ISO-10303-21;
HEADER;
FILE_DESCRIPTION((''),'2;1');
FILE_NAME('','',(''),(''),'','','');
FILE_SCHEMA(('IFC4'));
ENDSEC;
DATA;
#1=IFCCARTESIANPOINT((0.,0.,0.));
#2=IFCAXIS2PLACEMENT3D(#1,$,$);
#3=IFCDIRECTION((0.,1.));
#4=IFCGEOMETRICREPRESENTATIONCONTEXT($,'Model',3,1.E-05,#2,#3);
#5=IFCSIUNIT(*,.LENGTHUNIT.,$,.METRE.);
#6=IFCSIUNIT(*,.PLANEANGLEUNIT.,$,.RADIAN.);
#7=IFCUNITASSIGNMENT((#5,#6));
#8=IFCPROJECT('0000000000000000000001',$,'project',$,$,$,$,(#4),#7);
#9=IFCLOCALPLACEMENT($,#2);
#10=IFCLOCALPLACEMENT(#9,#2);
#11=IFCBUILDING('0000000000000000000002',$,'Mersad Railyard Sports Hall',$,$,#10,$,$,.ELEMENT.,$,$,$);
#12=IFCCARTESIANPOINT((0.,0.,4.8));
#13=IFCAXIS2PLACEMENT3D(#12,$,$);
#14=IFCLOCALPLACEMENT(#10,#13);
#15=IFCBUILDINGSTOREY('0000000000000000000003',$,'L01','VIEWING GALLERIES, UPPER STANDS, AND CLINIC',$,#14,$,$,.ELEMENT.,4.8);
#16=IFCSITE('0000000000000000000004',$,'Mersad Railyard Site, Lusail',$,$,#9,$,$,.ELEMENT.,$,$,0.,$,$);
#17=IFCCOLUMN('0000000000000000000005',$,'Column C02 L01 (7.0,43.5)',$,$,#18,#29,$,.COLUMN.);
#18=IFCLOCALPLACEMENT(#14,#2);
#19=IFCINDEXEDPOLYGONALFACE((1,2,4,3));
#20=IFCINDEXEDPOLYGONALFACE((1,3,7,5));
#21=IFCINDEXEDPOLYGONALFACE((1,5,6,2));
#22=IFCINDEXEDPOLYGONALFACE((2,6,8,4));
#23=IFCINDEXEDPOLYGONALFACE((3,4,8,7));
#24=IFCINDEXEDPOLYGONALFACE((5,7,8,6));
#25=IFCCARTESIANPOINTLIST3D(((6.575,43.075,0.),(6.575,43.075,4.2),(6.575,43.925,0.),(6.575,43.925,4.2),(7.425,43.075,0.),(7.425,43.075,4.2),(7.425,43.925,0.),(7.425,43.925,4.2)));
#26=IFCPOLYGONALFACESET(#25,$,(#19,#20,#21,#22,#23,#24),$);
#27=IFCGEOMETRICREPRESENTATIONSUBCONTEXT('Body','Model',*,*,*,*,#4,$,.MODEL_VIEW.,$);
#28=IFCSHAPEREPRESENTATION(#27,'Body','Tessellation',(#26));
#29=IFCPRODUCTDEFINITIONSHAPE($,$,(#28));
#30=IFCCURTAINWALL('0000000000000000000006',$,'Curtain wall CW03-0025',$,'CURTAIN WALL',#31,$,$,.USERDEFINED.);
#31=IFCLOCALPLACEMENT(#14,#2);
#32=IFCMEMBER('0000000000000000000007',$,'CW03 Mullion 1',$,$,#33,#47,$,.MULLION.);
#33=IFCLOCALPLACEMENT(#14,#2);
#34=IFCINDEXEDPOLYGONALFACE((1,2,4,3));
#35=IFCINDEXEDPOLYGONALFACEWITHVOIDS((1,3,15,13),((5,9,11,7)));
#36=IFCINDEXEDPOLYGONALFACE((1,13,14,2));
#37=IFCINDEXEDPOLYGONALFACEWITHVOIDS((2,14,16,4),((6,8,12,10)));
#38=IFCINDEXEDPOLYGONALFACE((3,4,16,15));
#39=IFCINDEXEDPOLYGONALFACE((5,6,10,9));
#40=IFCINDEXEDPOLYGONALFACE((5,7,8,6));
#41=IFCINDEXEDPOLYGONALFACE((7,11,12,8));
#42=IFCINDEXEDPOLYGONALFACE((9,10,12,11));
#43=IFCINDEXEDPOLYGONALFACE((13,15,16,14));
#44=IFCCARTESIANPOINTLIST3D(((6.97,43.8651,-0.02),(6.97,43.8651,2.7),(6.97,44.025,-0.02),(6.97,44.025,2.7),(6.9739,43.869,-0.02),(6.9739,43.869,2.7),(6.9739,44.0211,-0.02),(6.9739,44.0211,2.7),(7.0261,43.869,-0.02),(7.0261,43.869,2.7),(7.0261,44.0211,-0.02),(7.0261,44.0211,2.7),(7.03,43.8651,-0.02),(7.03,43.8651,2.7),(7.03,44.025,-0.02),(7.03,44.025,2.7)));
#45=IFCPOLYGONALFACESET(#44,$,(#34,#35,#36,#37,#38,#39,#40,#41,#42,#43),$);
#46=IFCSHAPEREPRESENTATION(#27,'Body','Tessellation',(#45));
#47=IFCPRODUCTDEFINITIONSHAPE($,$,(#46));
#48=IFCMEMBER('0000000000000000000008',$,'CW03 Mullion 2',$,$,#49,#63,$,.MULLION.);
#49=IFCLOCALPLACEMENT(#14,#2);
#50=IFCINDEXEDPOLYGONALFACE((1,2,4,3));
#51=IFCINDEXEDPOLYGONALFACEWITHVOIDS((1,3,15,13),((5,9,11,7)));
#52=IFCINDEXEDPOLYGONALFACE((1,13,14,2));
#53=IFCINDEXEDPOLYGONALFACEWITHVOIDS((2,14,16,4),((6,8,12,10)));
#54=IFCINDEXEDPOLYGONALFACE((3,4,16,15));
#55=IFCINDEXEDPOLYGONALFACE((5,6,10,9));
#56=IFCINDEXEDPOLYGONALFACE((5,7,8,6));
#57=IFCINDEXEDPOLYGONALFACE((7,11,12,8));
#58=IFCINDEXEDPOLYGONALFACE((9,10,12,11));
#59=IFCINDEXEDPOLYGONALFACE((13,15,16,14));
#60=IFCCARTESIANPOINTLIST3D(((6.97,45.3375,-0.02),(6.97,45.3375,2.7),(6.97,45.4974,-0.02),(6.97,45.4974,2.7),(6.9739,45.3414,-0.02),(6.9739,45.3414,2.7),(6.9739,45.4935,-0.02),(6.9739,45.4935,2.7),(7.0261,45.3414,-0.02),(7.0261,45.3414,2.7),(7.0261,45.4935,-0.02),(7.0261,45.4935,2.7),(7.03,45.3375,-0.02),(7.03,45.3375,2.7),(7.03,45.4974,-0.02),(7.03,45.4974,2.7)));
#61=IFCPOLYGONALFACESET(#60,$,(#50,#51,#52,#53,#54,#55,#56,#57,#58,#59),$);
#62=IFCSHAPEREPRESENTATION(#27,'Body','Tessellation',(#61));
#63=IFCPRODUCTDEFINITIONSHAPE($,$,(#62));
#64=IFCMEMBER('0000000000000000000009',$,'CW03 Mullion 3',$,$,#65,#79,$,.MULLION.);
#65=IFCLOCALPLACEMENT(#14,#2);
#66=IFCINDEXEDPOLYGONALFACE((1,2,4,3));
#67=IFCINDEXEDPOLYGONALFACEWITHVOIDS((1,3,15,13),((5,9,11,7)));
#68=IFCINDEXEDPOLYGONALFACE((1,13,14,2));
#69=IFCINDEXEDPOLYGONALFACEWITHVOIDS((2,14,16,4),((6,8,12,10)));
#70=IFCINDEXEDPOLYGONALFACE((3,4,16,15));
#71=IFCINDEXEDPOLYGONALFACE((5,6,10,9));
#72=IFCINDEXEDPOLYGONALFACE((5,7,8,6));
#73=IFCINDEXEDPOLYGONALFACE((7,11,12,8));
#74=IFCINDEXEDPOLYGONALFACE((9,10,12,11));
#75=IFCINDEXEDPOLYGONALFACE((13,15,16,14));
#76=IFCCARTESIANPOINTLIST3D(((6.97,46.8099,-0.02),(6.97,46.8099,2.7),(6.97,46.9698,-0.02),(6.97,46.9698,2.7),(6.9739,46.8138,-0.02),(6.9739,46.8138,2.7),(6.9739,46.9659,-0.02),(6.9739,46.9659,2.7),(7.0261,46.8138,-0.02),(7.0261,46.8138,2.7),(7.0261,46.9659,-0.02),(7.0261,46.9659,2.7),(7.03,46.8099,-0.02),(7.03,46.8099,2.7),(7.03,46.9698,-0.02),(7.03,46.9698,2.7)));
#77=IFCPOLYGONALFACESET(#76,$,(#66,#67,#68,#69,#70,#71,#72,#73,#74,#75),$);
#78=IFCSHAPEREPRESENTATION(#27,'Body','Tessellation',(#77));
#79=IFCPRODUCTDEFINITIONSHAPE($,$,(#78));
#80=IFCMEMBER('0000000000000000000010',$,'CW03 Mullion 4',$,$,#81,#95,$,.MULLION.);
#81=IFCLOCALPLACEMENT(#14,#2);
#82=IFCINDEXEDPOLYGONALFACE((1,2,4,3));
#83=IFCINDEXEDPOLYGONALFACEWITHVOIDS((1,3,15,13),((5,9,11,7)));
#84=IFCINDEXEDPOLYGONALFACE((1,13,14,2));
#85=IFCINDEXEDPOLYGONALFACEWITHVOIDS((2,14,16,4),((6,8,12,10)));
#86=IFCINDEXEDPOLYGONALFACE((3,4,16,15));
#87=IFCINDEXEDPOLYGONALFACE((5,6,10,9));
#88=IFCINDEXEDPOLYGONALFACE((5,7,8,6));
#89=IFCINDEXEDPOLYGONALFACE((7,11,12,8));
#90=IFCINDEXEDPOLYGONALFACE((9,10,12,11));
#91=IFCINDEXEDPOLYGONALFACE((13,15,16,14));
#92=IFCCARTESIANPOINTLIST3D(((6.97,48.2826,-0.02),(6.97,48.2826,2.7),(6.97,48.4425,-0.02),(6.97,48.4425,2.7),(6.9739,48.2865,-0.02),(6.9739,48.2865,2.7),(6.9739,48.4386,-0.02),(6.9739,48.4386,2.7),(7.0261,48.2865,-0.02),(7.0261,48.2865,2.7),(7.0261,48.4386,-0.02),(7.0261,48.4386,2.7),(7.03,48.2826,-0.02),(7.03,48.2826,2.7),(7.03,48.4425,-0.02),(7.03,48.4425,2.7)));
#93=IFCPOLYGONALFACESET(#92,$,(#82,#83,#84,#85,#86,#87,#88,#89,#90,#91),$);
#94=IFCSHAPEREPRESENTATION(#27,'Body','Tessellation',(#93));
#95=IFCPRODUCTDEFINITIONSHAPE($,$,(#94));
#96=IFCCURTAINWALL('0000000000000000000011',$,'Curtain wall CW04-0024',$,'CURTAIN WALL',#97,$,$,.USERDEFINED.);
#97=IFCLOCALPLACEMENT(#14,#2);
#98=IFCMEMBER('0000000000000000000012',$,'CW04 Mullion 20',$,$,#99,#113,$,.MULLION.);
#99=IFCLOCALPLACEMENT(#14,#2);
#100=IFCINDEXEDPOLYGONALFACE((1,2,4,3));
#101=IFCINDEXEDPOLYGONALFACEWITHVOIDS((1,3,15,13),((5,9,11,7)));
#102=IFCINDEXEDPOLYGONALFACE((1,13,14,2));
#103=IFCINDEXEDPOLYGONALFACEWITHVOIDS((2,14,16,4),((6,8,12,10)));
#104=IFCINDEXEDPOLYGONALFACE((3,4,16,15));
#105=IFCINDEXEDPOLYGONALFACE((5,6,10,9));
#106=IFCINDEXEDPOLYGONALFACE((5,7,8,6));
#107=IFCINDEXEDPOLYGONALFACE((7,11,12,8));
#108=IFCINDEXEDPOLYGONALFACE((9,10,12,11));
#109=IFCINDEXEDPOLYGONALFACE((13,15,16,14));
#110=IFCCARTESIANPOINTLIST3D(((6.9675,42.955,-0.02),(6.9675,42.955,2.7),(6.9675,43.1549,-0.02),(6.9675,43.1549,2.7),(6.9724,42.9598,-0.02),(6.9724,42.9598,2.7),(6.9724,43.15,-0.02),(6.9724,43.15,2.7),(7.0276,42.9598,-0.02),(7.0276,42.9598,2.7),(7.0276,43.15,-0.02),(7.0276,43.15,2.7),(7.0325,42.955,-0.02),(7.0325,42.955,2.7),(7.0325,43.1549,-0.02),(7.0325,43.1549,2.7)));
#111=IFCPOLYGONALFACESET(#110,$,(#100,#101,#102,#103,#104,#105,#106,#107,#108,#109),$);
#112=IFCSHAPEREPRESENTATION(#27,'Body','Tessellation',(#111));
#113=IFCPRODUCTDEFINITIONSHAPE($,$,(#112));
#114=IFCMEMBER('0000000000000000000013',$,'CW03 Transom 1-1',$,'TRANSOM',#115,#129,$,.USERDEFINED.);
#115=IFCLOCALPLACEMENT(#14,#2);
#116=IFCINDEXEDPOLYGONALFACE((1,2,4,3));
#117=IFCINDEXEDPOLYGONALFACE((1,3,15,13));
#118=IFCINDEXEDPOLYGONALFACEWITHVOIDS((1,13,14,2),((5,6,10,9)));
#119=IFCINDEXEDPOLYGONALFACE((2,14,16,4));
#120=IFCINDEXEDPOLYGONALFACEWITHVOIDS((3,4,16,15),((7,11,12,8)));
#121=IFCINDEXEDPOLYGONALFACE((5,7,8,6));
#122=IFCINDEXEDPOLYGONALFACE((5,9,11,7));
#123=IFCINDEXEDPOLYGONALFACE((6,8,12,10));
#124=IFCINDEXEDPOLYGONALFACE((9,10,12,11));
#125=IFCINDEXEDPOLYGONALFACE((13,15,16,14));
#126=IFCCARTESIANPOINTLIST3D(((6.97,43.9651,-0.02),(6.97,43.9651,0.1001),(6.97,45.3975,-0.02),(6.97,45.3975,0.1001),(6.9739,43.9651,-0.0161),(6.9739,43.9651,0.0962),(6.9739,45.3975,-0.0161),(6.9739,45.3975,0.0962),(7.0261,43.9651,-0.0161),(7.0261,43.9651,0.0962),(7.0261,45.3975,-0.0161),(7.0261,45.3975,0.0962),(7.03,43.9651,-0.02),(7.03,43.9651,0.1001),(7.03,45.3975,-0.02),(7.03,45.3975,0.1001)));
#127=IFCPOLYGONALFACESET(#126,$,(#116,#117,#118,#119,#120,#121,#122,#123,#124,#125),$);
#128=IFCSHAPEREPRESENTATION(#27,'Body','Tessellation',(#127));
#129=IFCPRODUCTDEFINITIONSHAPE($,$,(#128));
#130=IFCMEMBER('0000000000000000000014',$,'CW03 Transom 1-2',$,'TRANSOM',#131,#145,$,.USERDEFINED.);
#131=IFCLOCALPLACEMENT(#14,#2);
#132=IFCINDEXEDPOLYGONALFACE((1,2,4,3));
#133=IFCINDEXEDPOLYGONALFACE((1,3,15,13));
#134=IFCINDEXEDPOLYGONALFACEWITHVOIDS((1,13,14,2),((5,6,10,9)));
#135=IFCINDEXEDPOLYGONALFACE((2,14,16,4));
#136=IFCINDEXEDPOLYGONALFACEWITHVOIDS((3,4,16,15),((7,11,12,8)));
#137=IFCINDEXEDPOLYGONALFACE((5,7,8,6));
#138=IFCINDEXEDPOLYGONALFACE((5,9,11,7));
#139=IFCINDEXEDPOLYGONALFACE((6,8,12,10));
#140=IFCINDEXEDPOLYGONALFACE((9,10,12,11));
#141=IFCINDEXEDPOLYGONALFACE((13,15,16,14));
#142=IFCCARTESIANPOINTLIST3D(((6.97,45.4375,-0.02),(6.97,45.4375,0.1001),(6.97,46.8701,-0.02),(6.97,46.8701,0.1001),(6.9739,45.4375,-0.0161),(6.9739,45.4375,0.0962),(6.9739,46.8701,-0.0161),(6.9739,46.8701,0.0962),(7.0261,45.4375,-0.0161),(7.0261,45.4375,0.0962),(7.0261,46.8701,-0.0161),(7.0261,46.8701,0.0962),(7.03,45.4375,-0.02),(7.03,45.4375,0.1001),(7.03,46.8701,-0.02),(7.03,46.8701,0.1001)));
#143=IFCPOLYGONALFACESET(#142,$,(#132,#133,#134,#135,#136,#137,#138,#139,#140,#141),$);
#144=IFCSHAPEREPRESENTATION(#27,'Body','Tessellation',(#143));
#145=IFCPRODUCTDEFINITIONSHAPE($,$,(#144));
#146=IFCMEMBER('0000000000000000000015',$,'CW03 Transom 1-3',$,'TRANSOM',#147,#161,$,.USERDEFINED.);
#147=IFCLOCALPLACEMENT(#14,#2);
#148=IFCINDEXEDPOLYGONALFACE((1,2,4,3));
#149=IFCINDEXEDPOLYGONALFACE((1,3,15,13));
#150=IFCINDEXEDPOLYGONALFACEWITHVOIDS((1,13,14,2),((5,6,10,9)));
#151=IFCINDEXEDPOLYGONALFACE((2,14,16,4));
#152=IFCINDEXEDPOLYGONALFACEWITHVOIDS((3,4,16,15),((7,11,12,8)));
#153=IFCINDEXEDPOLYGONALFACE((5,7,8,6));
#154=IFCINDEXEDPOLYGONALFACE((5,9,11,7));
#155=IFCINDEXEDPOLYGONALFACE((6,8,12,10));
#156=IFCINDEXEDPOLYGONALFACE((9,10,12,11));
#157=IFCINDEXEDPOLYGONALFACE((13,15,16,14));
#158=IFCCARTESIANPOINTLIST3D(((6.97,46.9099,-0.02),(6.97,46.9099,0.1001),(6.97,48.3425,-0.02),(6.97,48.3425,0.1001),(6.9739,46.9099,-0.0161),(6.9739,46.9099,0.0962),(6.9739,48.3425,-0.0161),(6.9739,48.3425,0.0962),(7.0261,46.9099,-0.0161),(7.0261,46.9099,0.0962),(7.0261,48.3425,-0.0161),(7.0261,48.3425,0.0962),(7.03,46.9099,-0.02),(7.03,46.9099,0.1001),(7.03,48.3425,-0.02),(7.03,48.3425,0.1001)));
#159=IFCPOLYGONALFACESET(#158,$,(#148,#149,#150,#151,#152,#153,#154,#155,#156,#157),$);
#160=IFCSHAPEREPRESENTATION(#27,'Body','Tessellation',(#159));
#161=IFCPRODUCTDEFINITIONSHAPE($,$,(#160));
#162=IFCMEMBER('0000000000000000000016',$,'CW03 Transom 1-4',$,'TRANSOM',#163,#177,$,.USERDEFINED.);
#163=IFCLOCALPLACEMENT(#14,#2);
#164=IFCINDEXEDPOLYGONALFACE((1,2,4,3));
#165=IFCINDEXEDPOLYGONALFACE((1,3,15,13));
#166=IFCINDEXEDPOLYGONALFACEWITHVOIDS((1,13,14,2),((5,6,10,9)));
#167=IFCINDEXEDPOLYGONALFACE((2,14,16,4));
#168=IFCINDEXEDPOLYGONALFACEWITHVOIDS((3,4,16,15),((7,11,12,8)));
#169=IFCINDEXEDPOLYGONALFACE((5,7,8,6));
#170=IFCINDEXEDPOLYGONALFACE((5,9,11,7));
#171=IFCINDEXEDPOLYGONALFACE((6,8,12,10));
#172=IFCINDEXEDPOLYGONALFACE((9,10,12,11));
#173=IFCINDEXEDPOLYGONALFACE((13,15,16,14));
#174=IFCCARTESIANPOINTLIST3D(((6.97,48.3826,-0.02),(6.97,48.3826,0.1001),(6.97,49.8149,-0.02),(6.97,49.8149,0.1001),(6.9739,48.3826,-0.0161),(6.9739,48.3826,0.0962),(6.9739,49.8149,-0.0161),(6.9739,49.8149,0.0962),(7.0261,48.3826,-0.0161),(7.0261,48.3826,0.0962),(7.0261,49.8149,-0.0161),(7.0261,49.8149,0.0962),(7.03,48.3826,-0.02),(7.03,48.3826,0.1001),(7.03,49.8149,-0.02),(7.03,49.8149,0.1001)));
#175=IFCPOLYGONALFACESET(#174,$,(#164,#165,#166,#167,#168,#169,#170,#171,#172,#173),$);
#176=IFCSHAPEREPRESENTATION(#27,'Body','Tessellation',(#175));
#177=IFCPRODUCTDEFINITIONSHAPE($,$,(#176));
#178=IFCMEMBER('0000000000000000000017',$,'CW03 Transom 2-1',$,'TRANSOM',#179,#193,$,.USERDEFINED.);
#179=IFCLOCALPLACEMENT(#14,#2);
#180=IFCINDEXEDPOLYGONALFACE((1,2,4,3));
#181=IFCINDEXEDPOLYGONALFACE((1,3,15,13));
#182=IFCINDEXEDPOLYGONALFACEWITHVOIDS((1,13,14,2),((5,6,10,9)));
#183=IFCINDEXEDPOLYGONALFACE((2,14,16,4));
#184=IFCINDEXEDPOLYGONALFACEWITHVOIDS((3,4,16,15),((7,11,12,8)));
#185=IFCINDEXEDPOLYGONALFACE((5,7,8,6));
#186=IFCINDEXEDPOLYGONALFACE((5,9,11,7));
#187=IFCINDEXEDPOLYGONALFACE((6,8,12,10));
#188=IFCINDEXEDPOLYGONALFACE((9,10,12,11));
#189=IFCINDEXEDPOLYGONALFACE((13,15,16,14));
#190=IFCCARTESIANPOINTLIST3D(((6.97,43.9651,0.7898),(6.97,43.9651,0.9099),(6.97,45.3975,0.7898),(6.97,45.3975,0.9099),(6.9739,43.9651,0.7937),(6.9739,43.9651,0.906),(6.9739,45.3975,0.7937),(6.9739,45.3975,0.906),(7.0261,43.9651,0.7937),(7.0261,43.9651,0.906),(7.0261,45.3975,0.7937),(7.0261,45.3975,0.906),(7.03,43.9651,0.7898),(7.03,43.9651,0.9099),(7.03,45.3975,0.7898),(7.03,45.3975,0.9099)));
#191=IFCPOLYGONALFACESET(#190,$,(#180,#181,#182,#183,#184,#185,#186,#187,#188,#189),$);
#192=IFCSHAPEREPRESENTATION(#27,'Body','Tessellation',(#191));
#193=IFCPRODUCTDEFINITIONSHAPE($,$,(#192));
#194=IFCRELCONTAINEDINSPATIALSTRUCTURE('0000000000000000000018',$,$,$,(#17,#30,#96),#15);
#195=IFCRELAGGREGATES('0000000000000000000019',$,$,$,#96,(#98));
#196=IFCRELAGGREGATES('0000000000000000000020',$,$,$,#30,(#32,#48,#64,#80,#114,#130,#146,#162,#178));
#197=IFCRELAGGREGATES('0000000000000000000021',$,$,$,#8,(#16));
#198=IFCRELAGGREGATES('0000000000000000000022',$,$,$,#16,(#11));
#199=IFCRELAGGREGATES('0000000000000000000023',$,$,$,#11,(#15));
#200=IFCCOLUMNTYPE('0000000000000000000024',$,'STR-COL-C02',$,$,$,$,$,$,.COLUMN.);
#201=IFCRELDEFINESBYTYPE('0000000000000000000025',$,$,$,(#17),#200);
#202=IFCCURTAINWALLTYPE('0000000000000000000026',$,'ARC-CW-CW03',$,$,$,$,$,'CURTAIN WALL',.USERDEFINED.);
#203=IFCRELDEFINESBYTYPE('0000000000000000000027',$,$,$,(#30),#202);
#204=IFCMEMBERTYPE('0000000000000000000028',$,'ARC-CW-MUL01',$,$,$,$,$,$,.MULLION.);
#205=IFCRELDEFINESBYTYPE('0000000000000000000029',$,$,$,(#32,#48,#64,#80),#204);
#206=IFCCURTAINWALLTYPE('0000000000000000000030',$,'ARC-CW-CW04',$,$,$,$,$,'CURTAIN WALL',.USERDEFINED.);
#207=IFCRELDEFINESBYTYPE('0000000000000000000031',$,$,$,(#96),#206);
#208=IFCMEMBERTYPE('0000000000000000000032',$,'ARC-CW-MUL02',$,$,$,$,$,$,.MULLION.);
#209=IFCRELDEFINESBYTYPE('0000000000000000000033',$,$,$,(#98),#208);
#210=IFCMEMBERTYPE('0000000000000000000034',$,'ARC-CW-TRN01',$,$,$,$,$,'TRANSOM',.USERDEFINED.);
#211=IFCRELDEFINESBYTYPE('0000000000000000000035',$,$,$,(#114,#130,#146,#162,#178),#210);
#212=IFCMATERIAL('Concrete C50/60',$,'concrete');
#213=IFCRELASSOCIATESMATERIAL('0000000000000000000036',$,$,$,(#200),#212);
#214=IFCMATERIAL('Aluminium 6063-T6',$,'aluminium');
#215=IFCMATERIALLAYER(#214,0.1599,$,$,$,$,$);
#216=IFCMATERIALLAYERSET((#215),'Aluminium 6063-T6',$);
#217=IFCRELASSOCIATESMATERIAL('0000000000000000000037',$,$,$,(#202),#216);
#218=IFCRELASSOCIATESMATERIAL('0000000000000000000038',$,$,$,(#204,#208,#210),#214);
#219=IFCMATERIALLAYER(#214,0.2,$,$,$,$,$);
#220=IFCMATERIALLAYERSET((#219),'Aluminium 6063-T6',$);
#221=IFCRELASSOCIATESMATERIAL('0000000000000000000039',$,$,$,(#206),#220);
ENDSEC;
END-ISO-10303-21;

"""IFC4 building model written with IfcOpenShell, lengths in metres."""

from ifc_helpers import new_model, si_unit, direction, frame, origin, origin_2d, place, context, subcontext, project, spatial, rectangle, hollow_rectangle, extrude, material, layer, layer_set, material_profile, profile_set, type_object, element, aggregate, save


model = new_model("IFC4")

# Units and contexts
model_context = context("Model", 3, precision=1e-05, world=origin(), true_north=direction((0.0, 1.0)))
body_context = subcontext(model_context, "Body", "Model", "MODEL_VIEW")
ifc_project = project(units=[si_unit("LENGTHUNIT", "METRE"), si_unit("PLANEANGLEUNIT", "RADIAN")], contexts=[model_context])

# Site, building, storey
site_placement = place(None, origin())
site = spatial("IfcSite", under=ifc_project, at=site_placement, Name="Mersad Railyard Site, Lusail", CompositionType="ELEMENT", RefElevation=0.0)
building_placement = place(site_placement, origin())
building = spatial("IfcBuilding", under=site, at=building_placement, Name="Mersad Railyard Sports Hall", CompositionType="ELEMENT")
storey_placement = place(building_placement, frame((0.0, 0.0, 4.8)))
storey = spatial("IfcBuildingStorey", under=building, at=storey_placement, Name="L01", Description="VIEWING GALLERIES, UPPER STANDS, AND CLINIC", CompositionType="ELEMENT", Elevation=4.8)

# Column
ifc_material_1 = material(Name="Concrete C50/60", Category="concrete")
ifc_material_profile_1 = material_profile(ifc_material_1, rectangle(XDim=0.8501, YDim=0.8501, at=origin_2d()), Name="RC 850x850")
ifc_profile_set_1 = profile_set([ifc_material_profile_1], Name="Concrete C50/60")
column_type = type_object("IfcColumnType", Name="STR-COL-C02", PredefinedType="COLUMN", material=ifc_profile_set_1)
column_placement = place(storey_placement, frame((7.0, 43.5, 0.0), z_axis=(0.0, 0.0, 1.0), x_axis=(1.0, 0.0, 0.0)))
element("IfcColumn", 1, at=column_placement, inside=storey, type_object=column_type, Name="Column C02 L01 (7.0,43.5)", PredefinedType="COLUMN", context=body_context, shape_type="SweptSolid", body=[
    extrude(rectangle(XDim=0.8501, YDim=0.8501, at=origin_2d()), origin(), (0.0, 0.0, 1.0), 4.2),
])

# Curtain wall, members
ifc_material_2 = material(Name="Aluminium 6063-T6", Category="aluminium")
ifc_layer_1 = layer(ifc_material_2, 0.1599)
ifc_layer_set_1 = layer_set([ifc_layer_1], Name="Aluminium 6063-T6")
curtain_wall_type_1 = type_object("IfcCurtainWallType", Name="ARC-CW-CW03", ElementType="CURTAIN WALL", PredefinedType="USERDEFINED", material=ifc_layer_set_1)
curtain_wall_1_placement = place(storey_placement, origin())
curtain_wall_1 = element("IfcCurtainWall", 2, at=curtain_wall_1_placement, inside=storey, type_object=curtain_wall_type_1, Name="Curtain wall CW03-0025", ObjectType="CURTAIN WALL", PredefinedType="USERDEFINED")
ifc_material_profile_2 = material_profile(ifc_material_2, hollow_rectangle(XDim=0.0601, YDim=0.1599, WallThickness=0.0039, at=origin_2d()), Name="AL MULLION 60x160x4")
ifc_profile_set_2 = profile_set([ifc_material_profile_2], Name="Aluminium 6063-T6")
member_type_1 = type_object("IfcMemberType", Name="ARC-CW-MUL01", PredefinedType="MULLION", material=ifc_profile_set_2)
member_1_placement = place(storey_placement, frame((7.0, 43.9451, -0.02), z_axis=(0.0, 0.0, 1.0), x_axis=(1.0, 0.0, 0.0)))
member_1 = element("IfcMember", 3, at=member_1_placement, type_object=member_type_1, Name="CW03 Mullion 1", PredefinedType="MULLION", context=body_context, shape_type="SweptSolid", body=[
    extrude(hollow_rectangle(XDim=0.0601, YDim=0.1599, WallThickness=0.0039, at=origin_2d()), origin(), (0.0, 0.0, 1.0), 2.72),
])
member_2_placement = place(storey_placement, frame((7.0, 45.4175, -0.02), z_axis=(0.0, 0.0, 1.0), x_axis=(1.0, 0.0, 0.0)))
member_2 = element("IfcMember", 4, at=member_2_placement, type_object=member_type_1, Name="CW03 Mullion 2", PredefinedType="MULLION", context=body_context, shape_type="SweptSolid", body=[
    extrude(hollow_rectangle(XDim=0.0601, YDim=0.1599, WallThickness=0.0039, at=origin_2d()), origin(), (0.0, 0.0, 1.0), 2.72),
])
member_3_placement = place(storey_placement, frame((7.0, 46.8899, -0.02), z_axis=(0.0, 0.0, 1.0), x_axis=(1.0, 0.0, 0.0)))
member_3 = element("IfcMember", 5, at=member_3_placement, type_object=member_type_1, Name="CW03 Mullion 3", PredefinedType="MULLION", context=body_context, shape_type="SweptSolid", body=[
    extrude(hollow_rectangle(XDim=0.0601, YDim=0.1599, WallThickness=0.0039, at=origin_2d()), origin(), (0.0, 0.0, 1.0), 2.72),
])
member_4_placement = place(storey_placement, frame((7.0, 48.3625, -0.02), z_axis=(0.0, 0.0, 1.0), x_axis=(1.0, 0.0, 0.0)))
member_4 = element("IfcMember", 6, at=member_4_placement, type_object=member_type_1, Name="CW03 Mullion 4", PredefinedType="MULLION", context=body_context, shape_type="SweptSolid", body=[
    extrude(hollow_rectangle(XDim=0.0601, YDim=0.1599, WallThickness=0.0039, at=origin_2d()), origin(), (0.0, 0.0, 1.0), 2.72),
])

# Curtain wall, member
ifc_layer_2 = layer(ifc_material_2, 0.2)
ifc_layer_set_2 = layer_set([ifc_layer_2], Name="Aluminium 6063-T6")
curtain_wall_type_2 = type_object("IfcCurtainWallType", Name="ARC-CW-CW04", ElementType="CURTAIN WALL", PredefinedType="USERDEFINED", material=ifc_layer_set_2)
curtain_wall_2_placement = place(storey_placement, origin())
curtain_wall_2 = element("IfcCurtainWall", 7, at=curtain_wall_2_placement, inside=storey, type_object=curtain_wall_type_2, Name="Curtain wall CW04-0024", ObjectType="CURTAIN WALL", PredefinedType="USERDEFINED")
ifc_material_profile_3 = material_profile(ifc_material_2, hollow_rectangle(XDim=0.0649, YDim=0.2, WallThickness=0.0049, at=origin_2d()), Name="AL MULLION 65x200x5")
ifc_profile_set_3 = profile_set([ifc_material_profile_3], Name="Aluminium 6063-T6")
member_type_2 = type_object("IfcMemberType", Name="ARC-CW-MUL02", PredefinedType="MULLION", material=ifc_profile_set_3)
member_5_placement = place(storey_placement, frame((7.0, 43.0549, -0.02), z_axis=(0.0, 0.0, 1.0), x_axis=(1.0, 0.0, 0.0)))
member_5 = element("IfcMember", 8, at=member_5_placement, type_object=member_type_2, Name="CW04 Mullion 20", PredefinedType="MULLION", context=body_context, shape_type="SweptSolid", body=[
    extrude(hollow_rectangle(XDim=0.0649, YDim=0.2, WallThickness=0.0049, at=origin_2d()), origin(), (0.0, 0.0, 1.0), 2.72),
])

# Members
ifc_material_profile_4 = material_profile(ifc_material_2, hollow_rectangle(XDim=0.0601, YDim=0.1201, WallThickness=0.0039, at=origin_2d()), Name="AL TRANSOM 60x120x4")
ifc_profile_set_4 = profile_set([ifc_material_profile_4], Name="Aluminium 6063-T6")
member_type_3 = type_object("IfcMemberType", Name="ARC-CW-TRN01", ElementType="TRANSOM", PredefinedType="USERDEFINED", material=ifc_profile_set_4)
member_6_placement = place(storey_placement, frame((7.0, 43.9651, 0.04), z_axis=(0.0, 1.0, 0.0), x_axis=(-1.0, 0.0, 0.0)))
member_6 = element("IfcMember", 9, at=member_6_placement, type_object=member_type_3, Name="CW03 Transom 1-1", ObjectType="TRANSOM", PredefinedType="USERDEFINED", context=body_context, shape_type="SweptSolid", body=[
    extrude(hollow_rectangle(XDim=0.0601, YDim=0.1201, WallThickness=0.0039, at=origin_2d()), origin(), (0.0, 0.0, 1.0), 1.4324),
])
member_7_placement = place(storey_placement, frame((7.0, 45.4375, 0.04), z_axis=(0.0, 1.0, 0.0), x_axis=(-1.0, 0.0, 0.0)))
member_7 = element("IfcMember", 10, at=member_7_placement, type_object=member_type_3, Name="CW03 Transom 1-2", ObjectType="TRANSOM", PredefinedType="USERDEFINED", context=body_context, shape_type="SweptSolid", body=[
    extrude(hollow_rectangle(XDim=0.0601, YDim=0.1201, WallThickness=0.0039, at=origin_2d()), origin(), (0.0, 0.0, 1.0), 1.4326),
])
member_8_placement = place(storey_placement, frame((7.0, 46.9099, 0.04), z_axis=(0.0, 1.0, 0.0), x_axis=(-1.0, 0.0, 0.0)))
member_8 = element("IfcMember", 11, at=member_8_placement, type_object=member_type_3, Name="CW03 Transom 1-3", ObjectType="TRANSOM", PredefinedType="USERDEFINED", context=body_context, shape_type="SweptSolid", body=[
    extrude(hollow_rectangle(XDim=0.0601, YDim=0.1201, WallThickness=0.0039, at=origin_2d()), origin(), (0.0, 0.0, 1.0), 1.4326),
])
member_9_placement = place(storey_placement, frame((7.0, 48.3826, 0.04), z_axis=(0.0, 1.0, 0.0), x_axis=(-1.0, 0.0, 0.0)))
member_9 = element("IfcMember", 12, at=member_9_placement, type_object=member_type_3, Name="CW03 Transom 1-4", ObjectType="TRANSOM", PredefinedType="USERDEFINED", context=body_context, shape_type="SweptSolid", body=[
    extrude(hollow_rectangle(XDim=0.0601, YDim=0.1201, WallThickness=0.0039, at=origin_2d()), origin(), (0.0, 0.0, 1.0), 1.4324),
])
member_10_placement = place(storey_placement, frame((7.0, 43.9651, 0.8499), z_axis=(0.0, 1.0, 0.0), x_axis=(-1.0, 0.0, 0.0)))
member_10 = element("IfcMember", 13, at=member_10_placement, type_object=member_type_3, Name="CW03 Transom 2-1", ObjectType="TRANSOM", PredefinedType="USERDEFINED", context=body_context, shape_type="SweptSolid", body=[
    extrude(hollow_rectangle(XDim=0.0601, YDim=0.1201, WallThickness=0.0039, at=origin_2d()), origin(), (0.0, 0.0, 1.0), 1.4324),
])

aggregate(curtain_wall_2, [member_5])
aggregate(curtain_wall_1, [member_1, member_2, member_3, member_4, member_6, member_7, member_8, member_9, member_10])

save(model, "model.ifc")
